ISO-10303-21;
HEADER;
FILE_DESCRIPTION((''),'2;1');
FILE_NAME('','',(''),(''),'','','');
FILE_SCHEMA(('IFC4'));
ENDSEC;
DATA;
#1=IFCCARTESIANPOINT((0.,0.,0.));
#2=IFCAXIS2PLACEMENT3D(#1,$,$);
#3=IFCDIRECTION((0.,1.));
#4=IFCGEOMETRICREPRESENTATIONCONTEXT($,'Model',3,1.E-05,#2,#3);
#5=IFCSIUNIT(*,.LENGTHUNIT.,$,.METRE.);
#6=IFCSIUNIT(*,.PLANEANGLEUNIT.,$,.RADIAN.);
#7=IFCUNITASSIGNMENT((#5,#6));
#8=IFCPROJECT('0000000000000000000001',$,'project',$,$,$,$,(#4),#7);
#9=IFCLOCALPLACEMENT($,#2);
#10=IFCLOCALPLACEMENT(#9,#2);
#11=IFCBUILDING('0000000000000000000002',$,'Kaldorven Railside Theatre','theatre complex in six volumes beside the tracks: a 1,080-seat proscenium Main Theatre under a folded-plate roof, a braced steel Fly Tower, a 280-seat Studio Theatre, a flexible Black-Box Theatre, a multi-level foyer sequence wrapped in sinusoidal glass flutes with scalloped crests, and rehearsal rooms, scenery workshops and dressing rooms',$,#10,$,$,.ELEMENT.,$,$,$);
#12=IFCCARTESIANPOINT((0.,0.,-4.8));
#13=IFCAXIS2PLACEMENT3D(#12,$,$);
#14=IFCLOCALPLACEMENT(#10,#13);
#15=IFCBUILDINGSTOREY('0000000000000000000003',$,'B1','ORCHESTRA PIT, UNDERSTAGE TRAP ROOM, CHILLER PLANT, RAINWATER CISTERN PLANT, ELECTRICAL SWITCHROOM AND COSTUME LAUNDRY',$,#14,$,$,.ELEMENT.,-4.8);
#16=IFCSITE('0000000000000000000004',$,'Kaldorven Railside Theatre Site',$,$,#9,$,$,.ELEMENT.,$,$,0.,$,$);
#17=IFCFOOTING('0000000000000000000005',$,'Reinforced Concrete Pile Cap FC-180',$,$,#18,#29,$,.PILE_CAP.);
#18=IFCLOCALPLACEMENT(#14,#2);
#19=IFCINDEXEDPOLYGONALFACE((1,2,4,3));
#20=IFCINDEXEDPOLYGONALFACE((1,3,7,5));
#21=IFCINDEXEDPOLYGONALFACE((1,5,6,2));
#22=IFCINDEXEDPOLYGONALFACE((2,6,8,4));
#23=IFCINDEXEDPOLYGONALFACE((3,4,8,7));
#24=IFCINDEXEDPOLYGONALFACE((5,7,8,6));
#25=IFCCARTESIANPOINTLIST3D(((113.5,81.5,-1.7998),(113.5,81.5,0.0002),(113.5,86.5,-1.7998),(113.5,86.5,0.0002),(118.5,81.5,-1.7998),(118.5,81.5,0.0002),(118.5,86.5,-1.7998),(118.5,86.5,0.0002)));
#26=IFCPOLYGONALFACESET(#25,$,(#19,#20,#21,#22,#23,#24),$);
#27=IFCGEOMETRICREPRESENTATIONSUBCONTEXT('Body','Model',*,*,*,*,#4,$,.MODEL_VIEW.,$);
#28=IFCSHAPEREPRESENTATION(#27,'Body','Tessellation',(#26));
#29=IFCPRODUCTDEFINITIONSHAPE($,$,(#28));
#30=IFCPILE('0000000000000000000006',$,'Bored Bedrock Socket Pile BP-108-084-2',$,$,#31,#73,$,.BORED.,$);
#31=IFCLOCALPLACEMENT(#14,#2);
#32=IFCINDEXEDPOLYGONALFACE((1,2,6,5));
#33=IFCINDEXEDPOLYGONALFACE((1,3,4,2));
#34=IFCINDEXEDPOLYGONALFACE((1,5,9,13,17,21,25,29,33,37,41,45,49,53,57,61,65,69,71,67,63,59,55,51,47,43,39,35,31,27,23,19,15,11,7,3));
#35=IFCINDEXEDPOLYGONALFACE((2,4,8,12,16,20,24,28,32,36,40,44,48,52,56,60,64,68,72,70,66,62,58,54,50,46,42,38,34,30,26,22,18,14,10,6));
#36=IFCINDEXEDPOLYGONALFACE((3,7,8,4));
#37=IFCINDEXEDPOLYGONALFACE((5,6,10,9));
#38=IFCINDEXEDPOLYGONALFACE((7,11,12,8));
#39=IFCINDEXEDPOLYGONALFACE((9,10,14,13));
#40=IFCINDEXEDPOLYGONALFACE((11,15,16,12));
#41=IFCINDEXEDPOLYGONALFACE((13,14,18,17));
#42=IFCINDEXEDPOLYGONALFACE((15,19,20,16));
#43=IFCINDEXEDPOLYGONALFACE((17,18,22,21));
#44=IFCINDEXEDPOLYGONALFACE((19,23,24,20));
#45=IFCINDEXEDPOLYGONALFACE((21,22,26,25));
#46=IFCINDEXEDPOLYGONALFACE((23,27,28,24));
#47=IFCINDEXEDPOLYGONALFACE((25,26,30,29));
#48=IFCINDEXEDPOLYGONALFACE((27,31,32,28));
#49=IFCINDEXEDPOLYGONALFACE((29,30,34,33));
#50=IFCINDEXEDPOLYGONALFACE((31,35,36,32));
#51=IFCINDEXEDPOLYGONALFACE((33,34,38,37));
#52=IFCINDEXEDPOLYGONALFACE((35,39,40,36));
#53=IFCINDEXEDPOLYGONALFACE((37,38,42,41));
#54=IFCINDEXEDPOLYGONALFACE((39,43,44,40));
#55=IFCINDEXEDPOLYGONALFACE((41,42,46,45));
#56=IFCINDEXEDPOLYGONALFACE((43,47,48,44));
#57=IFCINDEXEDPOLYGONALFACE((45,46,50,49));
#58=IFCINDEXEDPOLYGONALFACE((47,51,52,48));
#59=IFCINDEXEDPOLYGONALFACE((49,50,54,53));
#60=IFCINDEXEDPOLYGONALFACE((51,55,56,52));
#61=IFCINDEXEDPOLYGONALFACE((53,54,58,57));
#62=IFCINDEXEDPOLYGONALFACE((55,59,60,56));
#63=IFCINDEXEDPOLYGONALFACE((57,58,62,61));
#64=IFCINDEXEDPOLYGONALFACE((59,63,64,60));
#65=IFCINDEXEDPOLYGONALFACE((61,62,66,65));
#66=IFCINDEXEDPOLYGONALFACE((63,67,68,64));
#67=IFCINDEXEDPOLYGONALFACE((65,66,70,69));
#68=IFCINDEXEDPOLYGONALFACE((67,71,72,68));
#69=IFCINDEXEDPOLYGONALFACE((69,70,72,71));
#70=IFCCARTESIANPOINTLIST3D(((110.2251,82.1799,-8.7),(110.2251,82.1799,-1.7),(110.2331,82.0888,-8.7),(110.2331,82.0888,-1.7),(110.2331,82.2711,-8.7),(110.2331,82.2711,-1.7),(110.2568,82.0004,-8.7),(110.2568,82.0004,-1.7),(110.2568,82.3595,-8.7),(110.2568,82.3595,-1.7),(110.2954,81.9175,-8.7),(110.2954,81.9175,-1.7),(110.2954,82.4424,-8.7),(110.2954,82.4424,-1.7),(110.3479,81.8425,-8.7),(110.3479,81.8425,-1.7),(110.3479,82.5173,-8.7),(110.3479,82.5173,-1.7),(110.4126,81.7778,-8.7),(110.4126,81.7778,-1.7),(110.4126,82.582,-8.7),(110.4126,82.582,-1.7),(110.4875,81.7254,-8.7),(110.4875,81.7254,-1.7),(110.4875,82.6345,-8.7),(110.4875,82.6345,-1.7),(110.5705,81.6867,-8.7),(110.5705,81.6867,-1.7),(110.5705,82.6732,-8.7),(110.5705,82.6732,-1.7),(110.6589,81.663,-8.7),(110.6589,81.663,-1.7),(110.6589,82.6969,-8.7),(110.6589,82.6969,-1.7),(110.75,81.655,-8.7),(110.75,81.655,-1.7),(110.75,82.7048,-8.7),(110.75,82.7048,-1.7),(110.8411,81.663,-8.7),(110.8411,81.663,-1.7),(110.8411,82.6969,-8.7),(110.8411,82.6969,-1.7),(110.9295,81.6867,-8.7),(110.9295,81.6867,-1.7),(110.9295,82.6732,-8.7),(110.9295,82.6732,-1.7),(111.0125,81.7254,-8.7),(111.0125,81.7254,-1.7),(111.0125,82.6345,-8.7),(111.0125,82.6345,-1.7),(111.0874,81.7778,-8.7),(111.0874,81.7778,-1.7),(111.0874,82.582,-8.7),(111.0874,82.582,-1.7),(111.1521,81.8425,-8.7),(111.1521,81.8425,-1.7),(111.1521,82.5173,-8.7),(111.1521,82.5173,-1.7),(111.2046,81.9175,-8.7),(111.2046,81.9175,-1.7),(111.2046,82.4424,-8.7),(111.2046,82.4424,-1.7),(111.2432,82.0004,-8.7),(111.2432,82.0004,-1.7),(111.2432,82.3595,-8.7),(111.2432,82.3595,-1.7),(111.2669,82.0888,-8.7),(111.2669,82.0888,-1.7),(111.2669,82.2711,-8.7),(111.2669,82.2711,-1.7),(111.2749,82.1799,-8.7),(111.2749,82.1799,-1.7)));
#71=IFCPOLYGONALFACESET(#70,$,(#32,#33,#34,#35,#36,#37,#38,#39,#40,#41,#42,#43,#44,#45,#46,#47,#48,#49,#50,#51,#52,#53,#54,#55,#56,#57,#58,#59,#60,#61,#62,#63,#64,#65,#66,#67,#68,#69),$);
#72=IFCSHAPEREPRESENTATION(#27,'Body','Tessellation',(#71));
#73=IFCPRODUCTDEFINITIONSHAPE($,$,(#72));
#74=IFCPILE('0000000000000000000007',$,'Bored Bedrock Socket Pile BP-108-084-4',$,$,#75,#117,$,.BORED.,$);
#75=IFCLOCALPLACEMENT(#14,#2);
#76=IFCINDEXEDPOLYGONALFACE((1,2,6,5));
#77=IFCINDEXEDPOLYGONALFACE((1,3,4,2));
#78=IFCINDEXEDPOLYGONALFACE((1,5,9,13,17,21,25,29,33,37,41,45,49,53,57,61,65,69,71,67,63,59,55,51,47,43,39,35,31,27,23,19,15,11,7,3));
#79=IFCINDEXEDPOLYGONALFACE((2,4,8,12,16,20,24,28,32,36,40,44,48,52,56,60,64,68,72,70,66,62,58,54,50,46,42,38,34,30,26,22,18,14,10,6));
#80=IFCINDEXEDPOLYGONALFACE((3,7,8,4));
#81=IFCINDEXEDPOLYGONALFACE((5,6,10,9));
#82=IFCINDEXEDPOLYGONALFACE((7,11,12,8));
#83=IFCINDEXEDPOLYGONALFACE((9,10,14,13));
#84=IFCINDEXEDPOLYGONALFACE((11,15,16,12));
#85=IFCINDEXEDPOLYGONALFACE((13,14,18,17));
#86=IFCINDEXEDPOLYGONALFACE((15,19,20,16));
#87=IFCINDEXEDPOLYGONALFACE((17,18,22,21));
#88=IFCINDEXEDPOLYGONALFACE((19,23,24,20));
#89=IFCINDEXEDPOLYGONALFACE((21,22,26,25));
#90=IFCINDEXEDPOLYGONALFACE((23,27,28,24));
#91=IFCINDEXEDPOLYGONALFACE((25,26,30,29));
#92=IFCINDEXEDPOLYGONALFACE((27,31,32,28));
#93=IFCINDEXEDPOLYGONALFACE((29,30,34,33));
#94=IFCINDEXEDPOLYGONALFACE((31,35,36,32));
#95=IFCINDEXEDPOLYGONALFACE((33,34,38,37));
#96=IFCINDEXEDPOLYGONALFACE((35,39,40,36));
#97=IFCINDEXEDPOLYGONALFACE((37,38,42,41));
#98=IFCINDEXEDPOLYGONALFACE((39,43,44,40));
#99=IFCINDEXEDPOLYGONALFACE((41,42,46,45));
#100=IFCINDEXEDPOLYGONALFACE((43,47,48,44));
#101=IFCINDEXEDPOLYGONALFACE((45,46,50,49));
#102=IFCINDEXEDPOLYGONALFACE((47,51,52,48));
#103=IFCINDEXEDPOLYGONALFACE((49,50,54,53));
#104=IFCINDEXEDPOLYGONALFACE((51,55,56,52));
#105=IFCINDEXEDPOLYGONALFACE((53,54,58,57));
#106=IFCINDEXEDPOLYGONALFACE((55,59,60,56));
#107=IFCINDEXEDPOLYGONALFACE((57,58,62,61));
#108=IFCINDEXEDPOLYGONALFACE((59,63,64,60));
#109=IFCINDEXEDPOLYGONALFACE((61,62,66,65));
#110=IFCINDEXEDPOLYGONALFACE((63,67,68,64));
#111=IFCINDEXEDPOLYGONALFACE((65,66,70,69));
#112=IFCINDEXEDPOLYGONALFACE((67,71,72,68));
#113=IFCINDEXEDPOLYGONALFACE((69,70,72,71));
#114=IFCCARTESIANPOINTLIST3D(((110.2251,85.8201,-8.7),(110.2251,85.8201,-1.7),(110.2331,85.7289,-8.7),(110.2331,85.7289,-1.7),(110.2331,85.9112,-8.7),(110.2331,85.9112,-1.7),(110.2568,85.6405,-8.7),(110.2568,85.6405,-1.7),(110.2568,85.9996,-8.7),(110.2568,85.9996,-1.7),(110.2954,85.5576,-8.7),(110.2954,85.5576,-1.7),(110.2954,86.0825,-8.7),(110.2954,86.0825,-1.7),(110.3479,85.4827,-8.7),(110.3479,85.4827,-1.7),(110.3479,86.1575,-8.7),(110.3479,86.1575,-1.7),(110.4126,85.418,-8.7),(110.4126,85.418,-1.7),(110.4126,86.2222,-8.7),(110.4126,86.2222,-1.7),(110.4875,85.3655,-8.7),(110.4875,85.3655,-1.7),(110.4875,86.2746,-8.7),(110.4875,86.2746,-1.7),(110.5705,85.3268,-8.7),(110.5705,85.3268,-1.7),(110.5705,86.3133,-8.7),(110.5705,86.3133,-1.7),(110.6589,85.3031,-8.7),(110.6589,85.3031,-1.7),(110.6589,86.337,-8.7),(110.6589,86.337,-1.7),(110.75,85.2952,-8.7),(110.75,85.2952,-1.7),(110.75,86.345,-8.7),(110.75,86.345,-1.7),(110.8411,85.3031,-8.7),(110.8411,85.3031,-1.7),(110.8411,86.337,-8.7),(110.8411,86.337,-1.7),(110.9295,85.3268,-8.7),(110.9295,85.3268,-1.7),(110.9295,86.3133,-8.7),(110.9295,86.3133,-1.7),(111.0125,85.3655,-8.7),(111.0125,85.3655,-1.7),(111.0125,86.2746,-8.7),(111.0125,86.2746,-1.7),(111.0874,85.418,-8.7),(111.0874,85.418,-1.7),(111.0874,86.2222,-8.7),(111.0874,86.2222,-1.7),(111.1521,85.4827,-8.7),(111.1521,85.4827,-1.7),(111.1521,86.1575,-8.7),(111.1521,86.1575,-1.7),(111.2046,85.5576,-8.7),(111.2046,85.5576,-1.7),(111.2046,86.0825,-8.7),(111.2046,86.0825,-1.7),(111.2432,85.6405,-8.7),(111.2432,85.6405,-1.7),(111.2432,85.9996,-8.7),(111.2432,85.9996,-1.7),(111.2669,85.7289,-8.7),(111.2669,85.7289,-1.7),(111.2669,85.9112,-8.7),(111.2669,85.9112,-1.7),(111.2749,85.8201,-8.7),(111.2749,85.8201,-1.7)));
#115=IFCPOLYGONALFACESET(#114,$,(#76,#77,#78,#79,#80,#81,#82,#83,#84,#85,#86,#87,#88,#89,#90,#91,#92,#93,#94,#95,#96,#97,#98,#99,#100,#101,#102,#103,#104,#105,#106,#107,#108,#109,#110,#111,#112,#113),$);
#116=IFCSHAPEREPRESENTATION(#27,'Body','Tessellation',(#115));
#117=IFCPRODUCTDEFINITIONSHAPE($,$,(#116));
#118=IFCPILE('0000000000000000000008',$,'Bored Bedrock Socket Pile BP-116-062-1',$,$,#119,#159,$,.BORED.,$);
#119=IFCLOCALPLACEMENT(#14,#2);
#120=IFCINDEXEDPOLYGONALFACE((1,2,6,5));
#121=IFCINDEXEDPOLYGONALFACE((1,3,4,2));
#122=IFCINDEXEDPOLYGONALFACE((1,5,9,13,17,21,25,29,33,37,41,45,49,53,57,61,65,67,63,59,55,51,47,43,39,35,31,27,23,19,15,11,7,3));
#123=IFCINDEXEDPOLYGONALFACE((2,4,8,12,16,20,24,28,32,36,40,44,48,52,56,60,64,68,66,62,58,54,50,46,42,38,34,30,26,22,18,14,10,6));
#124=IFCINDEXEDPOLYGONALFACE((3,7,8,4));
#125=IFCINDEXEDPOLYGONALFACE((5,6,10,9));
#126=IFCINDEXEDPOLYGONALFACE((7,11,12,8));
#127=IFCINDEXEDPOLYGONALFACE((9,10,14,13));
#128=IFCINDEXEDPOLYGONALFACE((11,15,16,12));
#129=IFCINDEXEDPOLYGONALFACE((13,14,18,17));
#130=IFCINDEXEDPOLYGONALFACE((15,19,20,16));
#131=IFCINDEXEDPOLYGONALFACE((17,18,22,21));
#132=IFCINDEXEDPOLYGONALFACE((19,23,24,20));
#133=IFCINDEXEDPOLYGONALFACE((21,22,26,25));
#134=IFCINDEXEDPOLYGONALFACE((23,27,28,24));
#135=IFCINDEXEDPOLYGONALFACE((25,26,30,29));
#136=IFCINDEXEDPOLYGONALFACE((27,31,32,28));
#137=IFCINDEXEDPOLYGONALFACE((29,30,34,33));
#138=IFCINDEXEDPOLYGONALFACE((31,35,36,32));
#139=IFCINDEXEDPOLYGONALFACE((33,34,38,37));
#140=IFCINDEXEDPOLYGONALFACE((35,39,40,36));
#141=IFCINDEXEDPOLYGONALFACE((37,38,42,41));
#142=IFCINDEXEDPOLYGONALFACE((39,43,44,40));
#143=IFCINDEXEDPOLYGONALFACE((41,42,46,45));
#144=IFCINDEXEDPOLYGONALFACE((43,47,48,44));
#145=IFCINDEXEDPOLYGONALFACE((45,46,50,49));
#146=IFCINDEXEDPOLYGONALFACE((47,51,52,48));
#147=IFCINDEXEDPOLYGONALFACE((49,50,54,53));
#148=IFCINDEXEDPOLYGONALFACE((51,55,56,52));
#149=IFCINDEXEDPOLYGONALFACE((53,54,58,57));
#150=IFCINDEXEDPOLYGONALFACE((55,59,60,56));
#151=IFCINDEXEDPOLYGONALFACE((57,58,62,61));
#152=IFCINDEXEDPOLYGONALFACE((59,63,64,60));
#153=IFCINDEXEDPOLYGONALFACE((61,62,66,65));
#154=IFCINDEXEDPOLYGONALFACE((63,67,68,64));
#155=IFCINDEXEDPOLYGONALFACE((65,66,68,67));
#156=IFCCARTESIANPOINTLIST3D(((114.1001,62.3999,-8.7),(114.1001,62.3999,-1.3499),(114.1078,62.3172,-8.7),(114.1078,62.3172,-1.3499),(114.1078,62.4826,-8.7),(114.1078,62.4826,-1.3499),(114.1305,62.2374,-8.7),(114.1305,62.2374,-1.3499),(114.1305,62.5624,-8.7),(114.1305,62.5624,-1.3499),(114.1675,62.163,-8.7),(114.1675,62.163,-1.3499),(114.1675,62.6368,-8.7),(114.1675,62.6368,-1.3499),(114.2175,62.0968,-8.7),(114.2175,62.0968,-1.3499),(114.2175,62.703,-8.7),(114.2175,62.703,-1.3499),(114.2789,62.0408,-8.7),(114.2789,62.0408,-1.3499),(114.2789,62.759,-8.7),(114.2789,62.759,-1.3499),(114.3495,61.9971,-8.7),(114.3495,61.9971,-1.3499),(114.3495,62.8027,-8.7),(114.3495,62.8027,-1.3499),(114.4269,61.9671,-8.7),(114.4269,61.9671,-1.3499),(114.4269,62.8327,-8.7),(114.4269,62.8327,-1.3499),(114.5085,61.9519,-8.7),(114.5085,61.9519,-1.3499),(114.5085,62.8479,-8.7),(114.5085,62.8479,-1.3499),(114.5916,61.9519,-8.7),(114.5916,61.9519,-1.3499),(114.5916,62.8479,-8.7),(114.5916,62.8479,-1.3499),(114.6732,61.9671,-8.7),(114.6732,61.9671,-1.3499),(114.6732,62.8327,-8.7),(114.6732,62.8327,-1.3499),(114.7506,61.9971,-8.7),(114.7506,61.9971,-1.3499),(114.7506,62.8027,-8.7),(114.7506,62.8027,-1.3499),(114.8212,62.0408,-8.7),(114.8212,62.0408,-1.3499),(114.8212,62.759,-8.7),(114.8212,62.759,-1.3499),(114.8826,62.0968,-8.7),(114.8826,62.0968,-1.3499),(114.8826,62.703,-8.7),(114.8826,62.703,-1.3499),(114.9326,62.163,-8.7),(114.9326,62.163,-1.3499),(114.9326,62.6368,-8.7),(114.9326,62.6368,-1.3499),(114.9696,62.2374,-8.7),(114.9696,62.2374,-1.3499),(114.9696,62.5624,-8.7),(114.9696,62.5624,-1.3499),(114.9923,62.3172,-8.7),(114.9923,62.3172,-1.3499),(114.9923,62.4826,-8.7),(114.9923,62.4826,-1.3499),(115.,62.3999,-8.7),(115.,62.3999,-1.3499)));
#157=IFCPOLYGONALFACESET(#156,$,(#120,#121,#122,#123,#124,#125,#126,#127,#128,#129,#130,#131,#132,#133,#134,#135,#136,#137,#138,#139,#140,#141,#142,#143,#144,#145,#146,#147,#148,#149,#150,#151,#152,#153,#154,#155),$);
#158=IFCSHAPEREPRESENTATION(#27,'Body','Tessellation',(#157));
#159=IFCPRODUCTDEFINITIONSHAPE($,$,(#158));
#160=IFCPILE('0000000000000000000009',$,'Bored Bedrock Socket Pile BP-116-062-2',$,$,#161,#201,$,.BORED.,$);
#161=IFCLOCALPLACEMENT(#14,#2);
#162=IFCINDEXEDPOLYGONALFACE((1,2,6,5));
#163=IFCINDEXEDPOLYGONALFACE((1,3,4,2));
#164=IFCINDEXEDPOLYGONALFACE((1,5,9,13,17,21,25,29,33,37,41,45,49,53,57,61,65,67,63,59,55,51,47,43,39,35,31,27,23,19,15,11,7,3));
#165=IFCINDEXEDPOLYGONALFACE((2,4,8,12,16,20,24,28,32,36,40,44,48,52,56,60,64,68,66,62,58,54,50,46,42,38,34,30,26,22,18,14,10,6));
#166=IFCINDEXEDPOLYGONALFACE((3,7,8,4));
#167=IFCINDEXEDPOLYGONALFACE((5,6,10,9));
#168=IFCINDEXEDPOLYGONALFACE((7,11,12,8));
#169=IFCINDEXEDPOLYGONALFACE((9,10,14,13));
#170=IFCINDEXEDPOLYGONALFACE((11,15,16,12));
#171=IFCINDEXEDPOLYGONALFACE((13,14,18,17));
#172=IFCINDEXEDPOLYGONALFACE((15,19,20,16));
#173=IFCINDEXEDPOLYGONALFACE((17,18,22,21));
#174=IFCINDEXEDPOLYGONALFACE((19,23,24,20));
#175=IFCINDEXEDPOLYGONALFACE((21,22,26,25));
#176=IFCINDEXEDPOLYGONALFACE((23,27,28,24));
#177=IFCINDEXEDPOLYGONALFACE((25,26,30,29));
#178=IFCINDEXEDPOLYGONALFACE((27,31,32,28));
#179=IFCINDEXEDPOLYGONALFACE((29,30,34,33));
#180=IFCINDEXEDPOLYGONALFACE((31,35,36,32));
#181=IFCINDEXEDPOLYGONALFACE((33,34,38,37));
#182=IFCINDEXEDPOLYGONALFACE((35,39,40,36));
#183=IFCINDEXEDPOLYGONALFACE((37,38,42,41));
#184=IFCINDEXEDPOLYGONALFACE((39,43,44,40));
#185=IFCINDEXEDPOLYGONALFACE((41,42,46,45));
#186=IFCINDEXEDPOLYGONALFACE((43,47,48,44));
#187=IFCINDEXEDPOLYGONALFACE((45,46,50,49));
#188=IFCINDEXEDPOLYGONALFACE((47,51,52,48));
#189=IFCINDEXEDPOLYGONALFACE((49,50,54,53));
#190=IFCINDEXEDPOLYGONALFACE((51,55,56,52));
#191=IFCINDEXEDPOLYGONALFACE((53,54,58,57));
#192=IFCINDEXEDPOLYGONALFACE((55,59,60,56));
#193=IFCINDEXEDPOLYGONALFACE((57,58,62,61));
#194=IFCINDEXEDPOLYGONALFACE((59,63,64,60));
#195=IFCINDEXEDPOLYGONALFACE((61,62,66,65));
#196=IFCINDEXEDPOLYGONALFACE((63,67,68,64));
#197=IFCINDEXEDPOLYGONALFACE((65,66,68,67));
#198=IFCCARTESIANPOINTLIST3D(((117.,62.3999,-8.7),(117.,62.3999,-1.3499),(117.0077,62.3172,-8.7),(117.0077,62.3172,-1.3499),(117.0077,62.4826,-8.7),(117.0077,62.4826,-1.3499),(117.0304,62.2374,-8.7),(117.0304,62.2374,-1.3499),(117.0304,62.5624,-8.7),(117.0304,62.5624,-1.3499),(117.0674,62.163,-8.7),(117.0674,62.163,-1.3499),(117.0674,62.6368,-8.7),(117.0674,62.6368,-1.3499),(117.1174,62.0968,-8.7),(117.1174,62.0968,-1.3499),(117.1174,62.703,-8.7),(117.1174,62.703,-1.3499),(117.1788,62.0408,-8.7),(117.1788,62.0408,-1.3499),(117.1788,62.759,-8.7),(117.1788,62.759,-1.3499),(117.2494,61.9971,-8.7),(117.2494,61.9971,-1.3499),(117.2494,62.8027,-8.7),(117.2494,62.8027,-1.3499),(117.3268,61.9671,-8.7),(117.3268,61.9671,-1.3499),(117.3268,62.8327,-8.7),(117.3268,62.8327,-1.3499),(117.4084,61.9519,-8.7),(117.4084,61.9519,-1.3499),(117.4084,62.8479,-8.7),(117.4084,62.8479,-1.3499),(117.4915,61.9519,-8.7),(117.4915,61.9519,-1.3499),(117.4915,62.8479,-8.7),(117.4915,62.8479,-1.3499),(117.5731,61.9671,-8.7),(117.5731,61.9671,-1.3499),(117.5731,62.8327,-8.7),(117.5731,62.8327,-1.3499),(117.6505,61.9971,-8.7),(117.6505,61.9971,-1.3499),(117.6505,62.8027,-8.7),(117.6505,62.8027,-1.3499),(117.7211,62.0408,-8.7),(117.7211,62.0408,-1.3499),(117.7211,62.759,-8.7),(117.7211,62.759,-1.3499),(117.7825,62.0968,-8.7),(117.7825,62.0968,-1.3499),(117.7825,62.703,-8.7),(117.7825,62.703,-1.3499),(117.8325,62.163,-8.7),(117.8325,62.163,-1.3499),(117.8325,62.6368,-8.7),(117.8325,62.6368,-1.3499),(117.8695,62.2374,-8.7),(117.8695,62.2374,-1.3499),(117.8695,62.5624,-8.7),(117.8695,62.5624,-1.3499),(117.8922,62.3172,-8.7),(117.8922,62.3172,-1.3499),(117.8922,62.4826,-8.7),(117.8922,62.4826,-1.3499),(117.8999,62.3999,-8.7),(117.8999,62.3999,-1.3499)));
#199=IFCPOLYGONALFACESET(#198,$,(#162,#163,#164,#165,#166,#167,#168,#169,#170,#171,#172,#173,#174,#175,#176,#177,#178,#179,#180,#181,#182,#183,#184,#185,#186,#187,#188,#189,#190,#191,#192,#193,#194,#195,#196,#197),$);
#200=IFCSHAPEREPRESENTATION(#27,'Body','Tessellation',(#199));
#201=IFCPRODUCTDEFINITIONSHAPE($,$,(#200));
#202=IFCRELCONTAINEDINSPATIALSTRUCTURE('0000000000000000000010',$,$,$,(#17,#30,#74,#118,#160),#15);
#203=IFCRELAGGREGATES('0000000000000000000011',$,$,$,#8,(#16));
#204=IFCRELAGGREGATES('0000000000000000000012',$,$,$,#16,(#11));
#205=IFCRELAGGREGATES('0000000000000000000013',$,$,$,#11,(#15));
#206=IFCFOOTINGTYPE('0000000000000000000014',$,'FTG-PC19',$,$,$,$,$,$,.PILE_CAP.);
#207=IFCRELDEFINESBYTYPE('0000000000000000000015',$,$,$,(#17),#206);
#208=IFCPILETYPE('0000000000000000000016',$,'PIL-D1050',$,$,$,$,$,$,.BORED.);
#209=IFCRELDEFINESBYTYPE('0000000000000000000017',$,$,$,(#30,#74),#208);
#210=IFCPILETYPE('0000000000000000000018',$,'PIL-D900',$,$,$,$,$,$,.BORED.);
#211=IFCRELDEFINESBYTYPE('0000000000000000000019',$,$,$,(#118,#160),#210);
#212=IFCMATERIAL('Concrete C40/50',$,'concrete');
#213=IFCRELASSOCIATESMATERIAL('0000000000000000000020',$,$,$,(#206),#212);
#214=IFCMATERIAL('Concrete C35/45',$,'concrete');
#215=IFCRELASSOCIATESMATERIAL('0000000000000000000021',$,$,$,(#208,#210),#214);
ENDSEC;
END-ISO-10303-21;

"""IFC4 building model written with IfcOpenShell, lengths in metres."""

from ifc_helpers import new_model, si_unit, direction, frame, origin, origin_2d, place, context, subcontext, project, spatial, rectangle, circle, extrude, material, material_profile, profile_set, type_object, element, save


model = new_model("IFC4")

# Units and contexts
model_context = context("Model", 3, precision=1e-05, world=origin(), true_north=direction((0.0, 1.0)))
body_context = subcontext(model_context, "Body", "Model", "MODEL_VIEW")
ifc_project = project(units=[si_unit("LENGTHUNIT", "METRE"), si_unit("PLANEANGLEUNIT", "RADIAN")], contexts=[model_context])

# Site, building, storey
site_placement = place(None, origin())
site = spatial("IfcSite", under=ifc_project, at=site_placement, Name="Kaldorven Railside Theatre Site", CompositionType="ELEMENT", RefElevation=0.0)
building_placement = place(site_placement, origin())
building = spatial("IfcBuilding", under=site, at=building_placement, Name="Kaldorven Railside Theatre", Description="theatre complex in six volumes beside the tracks: a 1,080-seat proscenium Main Theatre under a folded-plate roof, a braced steel Fly Tower, a 280-seat Studio Theatre, a flexible Black-Box Theatre, a multi-level foyer sequence wrapped in sinusoidal glass flutes with scalloped crests, and rehearsal rooms, scenery workshops and dressing rooms", CompositionType="ELEMENT")
storey_placement = place(building_placement, frame((0.0, 0.0, -4.8)))
storey = spatial("IfcBuildingStorey", under=building, at=storey_placement, Name="B1", Description="ORCHESTRA PIT, UNDERSTAGE TRAP ROOM, CHILLER PLANT, RAINWATER CISTERN PLANT, ELECTRICAL SWITCHROOM AND COSTUME LAUNDRY", CompositionType="ELEMENT", Elevation=-4.8)

# Footing
ifc_material_1 = material(Name="Concrete C40/50", Category="concrete")
footing_type_1 = type_object("IfcFootingType", Name="FTG-PC19", PredefinedType="PILE_CAP", material=ifc_material_1)
footing_1_placement = place(storey_placement, frame((116.0, 84.0, -1.7998), z_axis=(0.0, 0.0, 1.0), x_axis=(1.0, 0.0, 0.0)))
element("IfcFooting", 1, at=footing_1_placement, inside=storey, type_object=footing_type_1, Name="Reinforced Concrete Pile Cap FC-180", PredefinedType="PILE_CAP", context=body_context, shape_type="SweptSolid", body=[
    extrude(rectangle(XDim=5.0, YDim=5.0, at=origin_2d()), origin(), (0.0, 0.0, 1.0), 1.8),
])

# Piles
ifc_material_2 = material(Name="Concrete C35/45", Category="concrete")
ifc_material_profile_1 = material_profile(ifc_material_2, circle(Radius=0.5249, at=origin_2d()), Name="BP D1050")
ifc_profile_set_1 = profile_set([ifc_material_profile_1], Name="Concrete C35/45")
pile_type_1 = type_object("IfcPileType", Name="PIL-D1050", PredefinedType="BORED", material=ifc_profile_set_1)
for number, where, z_axis, x_axis, name in (
    (2, (110.75, 82.1799, -1.7), (0.0, 0.0, -1.0), (1.0, 0.0, 0.0), "Bored Bedrock Socket Pile BP-108-084-2"),
    (3, (110.75, 85.8201, -1.7), (0.0, 0.0, -1.0), (1.0, 0.0, 0.0), "Bored Bedrock Socket Pile BP-108-084-4"),
):
    element("IfcPile", number, at=place(storey_placement, frame(where, z_axis=z_axis, x_axis=x_axis)), inside=storey, type_object=pile_type_1, Name=name, PredefinedType="BORED", context=body_context, shape_type="SweptSolid", body=[
        extrude(circle(Radius=0.5249, at=origin_2d()), origin(), (0.0, 0.0, 1.0), 7.0),
    ])
ifc_material_profile_2 = material_profile(ifc_material_2, circle(Radius=0.45, at=origin_2d()), Name="BP D900")
ifc_profile_set_2 = profile_set([ifc_material_profile_2], Name="Concrete C35/45")
pile_type_2 = type_object("IfcPileType", Name="PIL-D900", PredefinedType="BORED", material=ifc_profile_set_2)
for number, where, z_axis, x_axis, name in (
    (4, (114.55, 62.3999, -1.3499), (0.0, 0.0, -1.0), (1.0, 0.0, 0.0), "Bored Bedrock Socket Pile BP-116-062-1"),
    (5, (117.45, 62.3999, -1.3499), (0.0, 0.0, -1.0), (1.0, 0.0, 0.0), "Bored Bedrock Socket Pile BP-116-062-2"),
):
    element("IfcPile", number, at=place(storey_placement, frame(where, z_axis=z_axis, x_axis=x_axis)), inside=storey, type_object=pile_type_2, Name=name, PredefinedType="BORED", context=body_context, shape_type="SweptSolid", body=[
        extrude(circle(Radius=0.45, at=origin_2d()), origin(), (0.0, 0.0, 1.0), 7.3501),
    ])

save(model, "model.ifc")
